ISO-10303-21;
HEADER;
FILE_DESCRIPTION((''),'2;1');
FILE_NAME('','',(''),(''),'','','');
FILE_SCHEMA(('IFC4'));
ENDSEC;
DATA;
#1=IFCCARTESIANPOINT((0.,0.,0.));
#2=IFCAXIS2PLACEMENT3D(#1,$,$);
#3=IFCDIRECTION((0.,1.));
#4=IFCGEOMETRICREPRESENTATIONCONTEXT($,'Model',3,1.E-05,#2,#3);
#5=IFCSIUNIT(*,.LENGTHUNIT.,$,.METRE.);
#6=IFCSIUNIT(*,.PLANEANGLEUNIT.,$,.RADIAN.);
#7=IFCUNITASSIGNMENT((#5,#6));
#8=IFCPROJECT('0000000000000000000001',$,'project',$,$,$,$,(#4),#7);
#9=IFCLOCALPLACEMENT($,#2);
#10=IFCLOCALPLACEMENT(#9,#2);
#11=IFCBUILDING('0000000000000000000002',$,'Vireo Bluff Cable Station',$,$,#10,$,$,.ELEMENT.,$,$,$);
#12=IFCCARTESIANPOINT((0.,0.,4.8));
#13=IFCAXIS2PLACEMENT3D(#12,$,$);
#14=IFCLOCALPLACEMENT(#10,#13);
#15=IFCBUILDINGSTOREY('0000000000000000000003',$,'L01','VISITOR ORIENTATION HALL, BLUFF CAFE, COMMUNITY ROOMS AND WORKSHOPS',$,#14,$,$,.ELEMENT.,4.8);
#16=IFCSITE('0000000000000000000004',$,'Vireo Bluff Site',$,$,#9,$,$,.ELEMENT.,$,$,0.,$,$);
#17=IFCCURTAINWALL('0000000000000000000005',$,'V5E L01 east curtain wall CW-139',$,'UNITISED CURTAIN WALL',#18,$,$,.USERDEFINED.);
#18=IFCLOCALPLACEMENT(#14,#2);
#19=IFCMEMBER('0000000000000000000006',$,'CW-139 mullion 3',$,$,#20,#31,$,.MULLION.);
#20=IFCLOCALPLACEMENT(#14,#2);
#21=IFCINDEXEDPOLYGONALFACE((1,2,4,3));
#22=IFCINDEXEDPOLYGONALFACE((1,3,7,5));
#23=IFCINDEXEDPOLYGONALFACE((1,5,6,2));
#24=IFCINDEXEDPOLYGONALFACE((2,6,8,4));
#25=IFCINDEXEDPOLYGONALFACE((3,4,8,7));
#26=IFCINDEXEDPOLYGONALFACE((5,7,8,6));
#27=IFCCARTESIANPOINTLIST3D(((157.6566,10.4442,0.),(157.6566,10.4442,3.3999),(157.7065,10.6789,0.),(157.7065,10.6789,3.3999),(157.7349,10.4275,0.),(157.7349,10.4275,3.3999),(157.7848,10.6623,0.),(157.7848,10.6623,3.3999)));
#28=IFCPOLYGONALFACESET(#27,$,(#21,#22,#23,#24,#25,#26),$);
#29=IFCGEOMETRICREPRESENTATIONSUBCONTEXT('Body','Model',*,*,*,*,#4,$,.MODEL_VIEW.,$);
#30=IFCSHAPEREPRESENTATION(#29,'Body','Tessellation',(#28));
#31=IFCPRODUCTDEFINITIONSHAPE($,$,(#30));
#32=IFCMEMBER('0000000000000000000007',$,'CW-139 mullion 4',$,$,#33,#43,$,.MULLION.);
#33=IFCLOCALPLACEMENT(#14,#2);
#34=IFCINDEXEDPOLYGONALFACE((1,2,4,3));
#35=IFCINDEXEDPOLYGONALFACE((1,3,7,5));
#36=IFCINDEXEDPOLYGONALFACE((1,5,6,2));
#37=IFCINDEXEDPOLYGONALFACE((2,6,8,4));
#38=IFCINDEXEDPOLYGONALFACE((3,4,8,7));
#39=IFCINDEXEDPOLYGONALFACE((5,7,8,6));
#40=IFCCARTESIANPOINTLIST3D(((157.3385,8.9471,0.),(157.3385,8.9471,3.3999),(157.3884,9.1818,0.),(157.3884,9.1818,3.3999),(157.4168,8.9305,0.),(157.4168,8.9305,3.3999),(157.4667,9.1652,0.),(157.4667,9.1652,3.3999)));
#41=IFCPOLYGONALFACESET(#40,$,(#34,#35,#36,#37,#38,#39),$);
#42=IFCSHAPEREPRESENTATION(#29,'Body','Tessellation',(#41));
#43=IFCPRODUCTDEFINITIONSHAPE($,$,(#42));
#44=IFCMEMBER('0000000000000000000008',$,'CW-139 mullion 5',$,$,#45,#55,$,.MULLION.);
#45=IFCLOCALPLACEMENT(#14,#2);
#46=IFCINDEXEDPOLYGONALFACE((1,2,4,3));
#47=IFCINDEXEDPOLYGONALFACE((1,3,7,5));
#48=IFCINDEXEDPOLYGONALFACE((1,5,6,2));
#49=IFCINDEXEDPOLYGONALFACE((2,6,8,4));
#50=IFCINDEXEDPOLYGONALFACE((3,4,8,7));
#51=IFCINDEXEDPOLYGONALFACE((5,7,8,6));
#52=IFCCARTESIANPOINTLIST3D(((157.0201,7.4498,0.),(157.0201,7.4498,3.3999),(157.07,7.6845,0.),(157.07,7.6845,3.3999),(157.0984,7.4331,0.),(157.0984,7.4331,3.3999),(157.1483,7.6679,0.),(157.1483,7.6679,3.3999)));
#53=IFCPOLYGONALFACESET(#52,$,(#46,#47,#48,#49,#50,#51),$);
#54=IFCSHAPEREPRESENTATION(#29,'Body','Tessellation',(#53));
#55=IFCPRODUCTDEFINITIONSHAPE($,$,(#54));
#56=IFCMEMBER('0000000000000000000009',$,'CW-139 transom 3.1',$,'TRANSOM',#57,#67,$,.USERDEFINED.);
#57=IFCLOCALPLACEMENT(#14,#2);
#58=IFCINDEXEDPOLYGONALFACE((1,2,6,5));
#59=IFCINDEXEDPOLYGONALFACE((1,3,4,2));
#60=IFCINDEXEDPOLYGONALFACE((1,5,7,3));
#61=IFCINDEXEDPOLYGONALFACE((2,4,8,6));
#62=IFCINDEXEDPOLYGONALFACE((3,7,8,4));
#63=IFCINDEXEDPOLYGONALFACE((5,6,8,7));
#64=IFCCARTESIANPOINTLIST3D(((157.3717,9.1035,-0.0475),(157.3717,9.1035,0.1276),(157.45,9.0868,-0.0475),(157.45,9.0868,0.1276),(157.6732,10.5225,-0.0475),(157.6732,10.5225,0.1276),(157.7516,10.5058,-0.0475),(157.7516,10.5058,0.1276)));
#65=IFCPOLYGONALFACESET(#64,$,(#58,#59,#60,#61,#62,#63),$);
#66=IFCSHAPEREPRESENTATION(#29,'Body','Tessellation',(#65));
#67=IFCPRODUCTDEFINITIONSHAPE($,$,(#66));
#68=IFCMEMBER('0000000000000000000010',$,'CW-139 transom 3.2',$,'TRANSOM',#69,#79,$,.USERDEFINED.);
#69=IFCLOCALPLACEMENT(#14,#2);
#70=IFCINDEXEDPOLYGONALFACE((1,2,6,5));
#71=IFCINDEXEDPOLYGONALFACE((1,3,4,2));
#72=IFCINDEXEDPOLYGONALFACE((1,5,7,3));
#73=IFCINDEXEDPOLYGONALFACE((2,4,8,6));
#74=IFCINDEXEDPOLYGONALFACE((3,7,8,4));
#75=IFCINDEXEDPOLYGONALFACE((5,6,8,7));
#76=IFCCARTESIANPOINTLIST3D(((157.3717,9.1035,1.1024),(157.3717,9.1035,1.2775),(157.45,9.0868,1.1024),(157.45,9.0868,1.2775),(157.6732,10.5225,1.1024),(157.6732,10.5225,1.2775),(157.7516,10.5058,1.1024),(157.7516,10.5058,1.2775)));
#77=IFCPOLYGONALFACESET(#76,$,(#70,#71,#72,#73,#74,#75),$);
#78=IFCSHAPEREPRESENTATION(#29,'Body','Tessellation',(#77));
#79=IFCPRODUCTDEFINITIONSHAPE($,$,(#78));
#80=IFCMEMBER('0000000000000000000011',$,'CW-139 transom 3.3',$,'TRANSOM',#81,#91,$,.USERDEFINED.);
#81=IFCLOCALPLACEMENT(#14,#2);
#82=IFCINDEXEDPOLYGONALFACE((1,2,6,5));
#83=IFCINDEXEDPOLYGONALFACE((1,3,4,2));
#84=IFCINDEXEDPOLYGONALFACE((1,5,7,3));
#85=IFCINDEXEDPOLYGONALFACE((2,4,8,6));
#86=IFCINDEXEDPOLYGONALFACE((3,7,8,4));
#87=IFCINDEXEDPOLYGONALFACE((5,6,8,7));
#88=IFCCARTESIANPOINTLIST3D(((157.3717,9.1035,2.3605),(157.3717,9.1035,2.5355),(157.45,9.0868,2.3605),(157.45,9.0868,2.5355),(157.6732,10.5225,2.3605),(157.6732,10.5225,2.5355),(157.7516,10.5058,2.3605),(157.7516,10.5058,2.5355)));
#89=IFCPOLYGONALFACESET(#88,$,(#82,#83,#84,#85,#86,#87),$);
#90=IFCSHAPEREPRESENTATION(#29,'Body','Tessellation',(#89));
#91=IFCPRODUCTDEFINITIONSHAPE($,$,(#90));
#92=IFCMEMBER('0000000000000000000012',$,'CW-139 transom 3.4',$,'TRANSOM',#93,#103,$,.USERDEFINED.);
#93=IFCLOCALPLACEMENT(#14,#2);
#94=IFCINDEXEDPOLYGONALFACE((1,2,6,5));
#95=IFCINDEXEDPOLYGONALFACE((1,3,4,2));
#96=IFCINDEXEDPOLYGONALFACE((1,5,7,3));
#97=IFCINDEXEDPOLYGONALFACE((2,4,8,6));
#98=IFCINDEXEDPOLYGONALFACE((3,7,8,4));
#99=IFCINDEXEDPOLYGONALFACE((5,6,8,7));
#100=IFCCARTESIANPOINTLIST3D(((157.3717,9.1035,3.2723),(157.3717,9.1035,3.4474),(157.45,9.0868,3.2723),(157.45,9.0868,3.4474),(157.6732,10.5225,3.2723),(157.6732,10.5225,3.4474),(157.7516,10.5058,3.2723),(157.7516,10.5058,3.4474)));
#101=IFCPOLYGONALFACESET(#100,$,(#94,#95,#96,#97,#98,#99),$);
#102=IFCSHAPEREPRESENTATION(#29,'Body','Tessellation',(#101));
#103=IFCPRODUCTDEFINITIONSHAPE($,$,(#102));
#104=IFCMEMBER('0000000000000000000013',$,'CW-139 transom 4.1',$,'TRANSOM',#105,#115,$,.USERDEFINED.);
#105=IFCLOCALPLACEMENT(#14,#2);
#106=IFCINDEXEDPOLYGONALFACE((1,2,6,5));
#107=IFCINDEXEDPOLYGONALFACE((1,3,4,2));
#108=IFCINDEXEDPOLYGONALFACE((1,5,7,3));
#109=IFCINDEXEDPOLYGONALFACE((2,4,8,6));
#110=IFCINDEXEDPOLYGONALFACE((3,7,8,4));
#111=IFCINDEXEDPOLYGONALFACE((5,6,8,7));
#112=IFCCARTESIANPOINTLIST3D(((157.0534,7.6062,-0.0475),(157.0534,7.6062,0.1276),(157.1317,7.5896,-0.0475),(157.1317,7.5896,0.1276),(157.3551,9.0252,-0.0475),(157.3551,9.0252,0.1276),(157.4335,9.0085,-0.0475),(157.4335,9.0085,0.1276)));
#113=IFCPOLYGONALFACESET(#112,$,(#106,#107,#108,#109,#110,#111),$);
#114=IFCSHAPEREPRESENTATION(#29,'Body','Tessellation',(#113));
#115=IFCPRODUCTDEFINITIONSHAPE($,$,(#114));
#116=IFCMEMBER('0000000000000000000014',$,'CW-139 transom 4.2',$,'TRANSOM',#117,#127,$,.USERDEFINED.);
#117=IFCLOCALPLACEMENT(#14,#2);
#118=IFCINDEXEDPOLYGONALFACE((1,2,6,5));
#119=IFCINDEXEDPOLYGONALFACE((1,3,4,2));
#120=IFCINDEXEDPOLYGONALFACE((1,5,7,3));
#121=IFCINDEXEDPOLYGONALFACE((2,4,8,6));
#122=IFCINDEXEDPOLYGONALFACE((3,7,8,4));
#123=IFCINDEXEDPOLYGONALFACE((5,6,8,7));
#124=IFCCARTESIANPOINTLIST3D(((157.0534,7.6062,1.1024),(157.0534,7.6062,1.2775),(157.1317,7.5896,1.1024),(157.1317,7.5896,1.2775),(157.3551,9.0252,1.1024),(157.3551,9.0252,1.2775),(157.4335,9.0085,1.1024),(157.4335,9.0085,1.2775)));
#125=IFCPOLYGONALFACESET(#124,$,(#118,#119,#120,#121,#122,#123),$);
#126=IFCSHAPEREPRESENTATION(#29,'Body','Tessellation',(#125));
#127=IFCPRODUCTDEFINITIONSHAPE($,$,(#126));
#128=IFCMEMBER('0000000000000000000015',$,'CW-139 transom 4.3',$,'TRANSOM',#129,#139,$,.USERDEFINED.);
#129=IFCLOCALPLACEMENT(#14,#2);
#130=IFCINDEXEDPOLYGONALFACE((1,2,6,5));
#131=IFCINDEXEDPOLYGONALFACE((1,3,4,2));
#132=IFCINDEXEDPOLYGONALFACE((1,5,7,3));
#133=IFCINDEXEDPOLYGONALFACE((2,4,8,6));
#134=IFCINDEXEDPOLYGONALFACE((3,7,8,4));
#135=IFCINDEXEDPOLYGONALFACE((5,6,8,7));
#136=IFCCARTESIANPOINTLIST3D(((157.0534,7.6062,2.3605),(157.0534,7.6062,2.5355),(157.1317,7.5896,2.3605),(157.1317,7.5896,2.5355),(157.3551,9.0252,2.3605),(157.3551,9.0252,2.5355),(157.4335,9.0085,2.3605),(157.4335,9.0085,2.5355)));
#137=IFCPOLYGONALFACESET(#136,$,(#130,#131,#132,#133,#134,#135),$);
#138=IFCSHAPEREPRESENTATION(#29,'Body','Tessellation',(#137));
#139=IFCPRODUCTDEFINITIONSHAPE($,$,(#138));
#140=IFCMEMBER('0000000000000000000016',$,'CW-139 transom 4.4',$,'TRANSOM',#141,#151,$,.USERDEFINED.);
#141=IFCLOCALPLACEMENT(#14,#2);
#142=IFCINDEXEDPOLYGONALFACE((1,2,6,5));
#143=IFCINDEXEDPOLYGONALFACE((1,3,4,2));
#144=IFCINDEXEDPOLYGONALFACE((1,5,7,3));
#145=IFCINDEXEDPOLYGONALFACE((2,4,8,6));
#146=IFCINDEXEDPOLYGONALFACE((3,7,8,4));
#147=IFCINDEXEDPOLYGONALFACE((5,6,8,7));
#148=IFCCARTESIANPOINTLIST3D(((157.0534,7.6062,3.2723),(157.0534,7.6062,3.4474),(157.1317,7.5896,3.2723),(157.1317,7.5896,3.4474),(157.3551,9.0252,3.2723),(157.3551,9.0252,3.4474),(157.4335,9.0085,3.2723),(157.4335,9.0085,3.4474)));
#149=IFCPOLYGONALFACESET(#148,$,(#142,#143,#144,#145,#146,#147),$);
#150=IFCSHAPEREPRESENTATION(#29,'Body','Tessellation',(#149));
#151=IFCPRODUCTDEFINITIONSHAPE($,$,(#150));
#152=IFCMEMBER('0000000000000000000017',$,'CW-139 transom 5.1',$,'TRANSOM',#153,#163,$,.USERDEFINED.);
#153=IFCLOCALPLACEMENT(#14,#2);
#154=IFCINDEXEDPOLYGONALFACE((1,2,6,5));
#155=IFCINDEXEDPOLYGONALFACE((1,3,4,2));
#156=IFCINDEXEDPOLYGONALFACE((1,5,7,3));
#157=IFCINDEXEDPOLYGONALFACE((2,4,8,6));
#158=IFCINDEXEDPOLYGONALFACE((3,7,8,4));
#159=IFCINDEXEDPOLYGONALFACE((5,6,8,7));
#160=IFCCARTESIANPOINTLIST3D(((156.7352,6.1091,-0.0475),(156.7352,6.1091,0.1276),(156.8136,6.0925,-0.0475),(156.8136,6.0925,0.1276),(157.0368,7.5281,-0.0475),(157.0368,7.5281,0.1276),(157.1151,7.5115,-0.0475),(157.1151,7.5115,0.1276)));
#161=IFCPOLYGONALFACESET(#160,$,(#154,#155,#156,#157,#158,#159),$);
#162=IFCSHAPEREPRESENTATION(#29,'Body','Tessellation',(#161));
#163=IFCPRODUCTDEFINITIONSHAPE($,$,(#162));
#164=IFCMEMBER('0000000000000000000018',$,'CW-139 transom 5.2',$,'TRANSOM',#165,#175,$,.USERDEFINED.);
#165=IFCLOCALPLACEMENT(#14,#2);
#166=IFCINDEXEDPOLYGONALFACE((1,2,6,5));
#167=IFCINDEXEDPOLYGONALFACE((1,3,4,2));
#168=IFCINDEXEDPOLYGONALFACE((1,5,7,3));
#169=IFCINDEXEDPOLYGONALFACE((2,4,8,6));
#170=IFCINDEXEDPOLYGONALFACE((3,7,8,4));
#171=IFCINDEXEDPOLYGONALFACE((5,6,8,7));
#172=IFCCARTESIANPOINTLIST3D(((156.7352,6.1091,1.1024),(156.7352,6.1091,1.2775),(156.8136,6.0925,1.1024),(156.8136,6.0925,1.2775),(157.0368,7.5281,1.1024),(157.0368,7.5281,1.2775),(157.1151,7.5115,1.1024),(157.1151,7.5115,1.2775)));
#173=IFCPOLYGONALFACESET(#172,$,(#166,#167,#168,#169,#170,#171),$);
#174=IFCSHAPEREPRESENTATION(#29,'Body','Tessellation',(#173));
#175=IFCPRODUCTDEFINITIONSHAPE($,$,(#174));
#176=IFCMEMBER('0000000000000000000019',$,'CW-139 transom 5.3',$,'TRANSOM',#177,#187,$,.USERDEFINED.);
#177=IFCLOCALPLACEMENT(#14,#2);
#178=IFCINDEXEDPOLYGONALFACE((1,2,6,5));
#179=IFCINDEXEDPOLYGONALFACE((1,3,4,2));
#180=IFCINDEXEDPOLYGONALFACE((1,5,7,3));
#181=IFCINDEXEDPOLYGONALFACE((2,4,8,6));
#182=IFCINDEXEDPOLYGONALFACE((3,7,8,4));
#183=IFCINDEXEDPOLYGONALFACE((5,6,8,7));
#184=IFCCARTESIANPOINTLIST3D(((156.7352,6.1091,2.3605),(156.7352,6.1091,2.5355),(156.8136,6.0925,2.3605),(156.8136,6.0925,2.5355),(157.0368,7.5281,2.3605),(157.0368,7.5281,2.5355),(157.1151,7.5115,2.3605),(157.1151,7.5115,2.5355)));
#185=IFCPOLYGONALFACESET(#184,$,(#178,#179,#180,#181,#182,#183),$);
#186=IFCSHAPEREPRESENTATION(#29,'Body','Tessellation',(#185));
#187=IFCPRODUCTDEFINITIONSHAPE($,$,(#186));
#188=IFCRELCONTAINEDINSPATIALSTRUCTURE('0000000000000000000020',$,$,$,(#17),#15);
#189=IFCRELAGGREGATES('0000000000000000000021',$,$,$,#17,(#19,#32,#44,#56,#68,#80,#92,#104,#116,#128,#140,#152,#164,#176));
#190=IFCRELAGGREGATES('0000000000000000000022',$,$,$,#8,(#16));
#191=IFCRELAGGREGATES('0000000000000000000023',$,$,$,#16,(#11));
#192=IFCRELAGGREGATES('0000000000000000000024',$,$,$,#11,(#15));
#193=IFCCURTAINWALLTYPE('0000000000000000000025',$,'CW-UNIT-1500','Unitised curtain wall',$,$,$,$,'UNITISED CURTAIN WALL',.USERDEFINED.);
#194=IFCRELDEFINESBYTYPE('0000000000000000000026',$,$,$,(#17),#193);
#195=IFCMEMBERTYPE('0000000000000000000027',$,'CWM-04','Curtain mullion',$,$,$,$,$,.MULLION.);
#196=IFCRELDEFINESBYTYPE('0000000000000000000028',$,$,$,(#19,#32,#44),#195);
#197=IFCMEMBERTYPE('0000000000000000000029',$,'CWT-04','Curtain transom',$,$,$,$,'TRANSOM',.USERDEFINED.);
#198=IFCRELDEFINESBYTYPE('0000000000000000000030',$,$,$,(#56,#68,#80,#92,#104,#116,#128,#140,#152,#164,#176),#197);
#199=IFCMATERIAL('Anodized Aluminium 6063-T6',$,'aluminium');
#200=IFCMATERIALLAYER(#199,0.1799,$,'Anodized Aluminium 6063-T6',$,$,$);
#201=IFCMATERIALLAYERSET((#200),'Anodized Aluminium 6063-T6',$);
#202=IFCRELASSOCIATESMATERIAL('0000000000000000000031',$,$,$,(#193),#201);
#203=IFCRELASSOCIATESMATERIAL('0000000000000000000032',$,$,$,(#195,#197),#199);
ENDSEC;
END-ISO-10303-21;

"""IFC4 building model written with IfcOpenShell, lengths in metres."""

from ifc_helpers import new_model, si_unit, direction, frame, origin, origin_2d, place, context, subcontext, project, spatial, rectangle, extrude, material, layer, layer_set, material_profile, profile_set, type_object, element, aggregate, save


model = new_model("IFC4")

# Units and contexts
model_context = context("Model", 3, precision=1e-05, world=origin(), true_north=direction((0.0, 1.0)))
body_context = subcontext(model_context, "Body", "Model", "MODEL_VIEW")
ifc_project = project(units=[si_unit("LENGTHUNIT", "METRE"), si_unit("PLANEANGLEUNIT", "RADIAN")], contexts=[model_context])

# Site, building, storey
site_placement = place(None, origin())
site = spatial("IfcSite", under=ifc_project, at=site_placement, Name="Vireo Bluff Site", CompositionType="ELEMENT", RefElevation=0.0)
building_placement = place(site_placement, origin())
building = spatial("IfcBuilding", under=site, at=building_placement, Name="Vireo Bluff Cable Station", CompositionType="ELEMENT")
storey_placement = place(building_placement, frame((0.0, 0.0, 4.8)))
storey = spatial("IfcBuildingStorey", under=building, at=storey_placement, Name="L01", Description="VISITOR ORIENTATION HALL, BLUFF CAFE, COMMUNITY ROOMS AND WORKSHOPS", CompositionType="ELEMENT", Elevation=4.8)

# Curtain wall, members
ifc_material_1 = material(Name="Anodized Aluminium 6063-T6", Category="aluminium")
ifc_layer_1 = layer(ifc_material_1, 0.1799, Name="Anodized Aluminium 6063-T6")
ifc_layer_set_1 = layer_set([ifc_layer_1], Name="Anodized Aluminium 6063-T6")
curtain_wall_type = type_object("IfcCurtainWallType", Name="CW-UNIT-1500", Description="Unitised curtain wall", ElementType="UNITISED CURTAIN WALL", PredefinedType="USERDEFINED", material=ifc_layer_set_1)
curtain_wall_placement = place(storey_placement, origin())
curtain_wall = element("IfcCurtainWall", 1, at=curtain_wall_placement, inside=storey, type_object=curtain_wall_type, Name="V5E L01 east curtain wall CW-139", ObjectType="UNITISED CURTAIN WALL", PredefinedType="USERDEFINED")
ifc_material_profile_1 = material_profile(ifc_material_1, rectangle(XDim=0.0801, YDim=0.24, at=origin_2d()), Name="ALU-M-80X240")
ifc_profile_set_1 = profile_set([ifc_material_profile_1], Name="Anodized Aluminium 6063-T6")
member_type_1 = type_object("IfcMemberType", Name="CWM-04", Description="Curtain mullion", PredefinedType="MULLION", material=ifc_profile_set_1)
member_1_placement = place(storey_placement, frame((157.7207, 10.5532, 0.0), z_axis=(0.0, 0.0, 1.0), x_axis=(0.978148, -0.207912, 0.0)))
member_1 = element("IfcMember", 2, at=member_1_placement, type_object=member_type_1, Name="CW-139 mullion 3", PredefinedType="MULLION", context=body_context, shape_type="SweptSolid", body=[
    extrude(rectangle(XDim=0.0801, YDim=0.24, at=origin_2d()), origin(), (0.0, 0.0, 1.0), 3.3999),
])
member_2_placement = place(storey_placement, frame((157.4026, 9.0562, 0.0), z_axis=(0.0, 0.0, 1.0), x_axis=(0.978148, -0.207912, 0.0)))
member_2 = element("IfcMember", 3, at=member_2_placement, type_object=member_type_1, Name="CW-139 mullion 4", PredefinedType="MULLION", context=body_context, shape_type="SweptSolid", body=[
    extrude(rectangle(XDim=0.0801, YDim=0.24, at=origin_2d()), origin(), (0.0, 0.0, 1.0), 3.3999),
])
member_3_placement = place(storey_placement, frame((157.0842, 7.5588, 0.0), z_axis=(0.0, 0.0, 1.0), x_axis=(0.978148, -0.207912, 0.0)))
member_3 = element("IfcMember", 4, at=member_3_placement, type_object=member_type_1, Name="CW-139 mullion 5", PredefinedType="MULLION", context=body_context, shape_type="SweptSolid", body=[
    extrude(rectangle(XDim=0.0801, YDim=0.24, at=origin_2d()), origin(), (0.0, 0.0, 1.0), 3.3999),
])
ifc_material_profile_2 = material_profile(ifc_material_1, rectangle(XDim=0.0801, YDim=0.175, at=origin_2d()), Name="ALU-T-80X175")
ifc_profile_set_2 = profile_set([ifc_material_profile_2], Name="Anodized Aluminium 6063-T6")
member_type_2 = type_object("IfcMemberType", Name="CWT-04", Description="Curtain transom", ElementType="TRANSOM", PredefinedType="USERDEFINED", material=ifc_profile_set_2)
member_4_placement = place(storey_placement, frame((157.7124, 10.5142, 0.04), z_axis=(-0.207851, -0.978161, 0.0), x_axis=(0.978161, -0.207851, 0.0)))
member_4 = element("IfcMember", 5, at=member_4_placement, type_object=member_type_2, Name="CW-139 transom 3.1", ObjectType="TRANSOM", PredefinedType="USERDEFINED", context=body_context, shape_type="SweptSolid", body=[
    extrude(rectangle(XDim=0.0801, YDim=0.175, at=origin_2d()), origin(), (0.0, 0.0, 1.0), 1.4507),
])
member_5_placement = place(storey_placement, frame((157.7124, 10.5142, 1.1899), z_axis=(-0.207851, -0.978161, 0.0), x_axis=(0.978161, -0.207851, 0.0)))
member_5 = element("IfcMember", 6, at=member_5_placement, type_object=member_type_2, Name="CW-139 transom 3.2", ObjectType="TRANSOM", PredefinedType="USERDEFINED", context=body_context, shape_type="SweptSolid", body=[
    extrude(rectangle(XDim=0.0801, YDim=0.175, at=origin_2d()), origin(), (0.0, 0.0, 1.0), 1.4507),
])
member_6_placement = place(storey_placement, frame((157.7124, 10.5142, 2.448), z_axis=(-0.207851, -0.978161, 0.0), x_axis=(0.978161, -0.207851, 0.0)))
member_6 = element("IfcMember", 7, at=member_6_placement, type_object=member_type_2, Name="CW-139 transom 3.3", ObjectType="TRANSOM", PredefinedType="USERDEFINED", context=body_context, shape_type="SweptSolid", body=[
    extrude(rectangle(XDim=0.0801, YDim=0.175, at=origin_2d()), origin(), (0.0, 0.0, 1.0), 1.4507),
])
member_7_placement = place(storey_placement, frame((157.7124, 10.5142, 3.3599), z_axis=(-0.207851, -0.978161, 0.0), x_axis=(0.978161, -0.207851, 0.0)))
member_7 = element("IfcMember", 8, at=member_7_placement, type_object=member_type_2, Name="CW-139 transom 3.4", ObjectType="TRANSOM", PredefinedType="USERDEFINED", context=body_context, shape_type="SweptSolid", body=[
    extrude(rectangle(XDim=0.0801, YDim=0.175, at=origin_2d()), origin(), (0.0, 0.0, 1.0), 1.4507),
])
member_8_placement = place(storey_placement, frame((157.3943, 9.0168, 0.04), z_axis=(-0.208012, -0.978126, 0.0), x_axis=(0.978126, -0.208012, 0.0)))
member_8 = element("IfcMember", 9, at=member_8_placement, type_object=member_type_2, Name="CW-139 transom 4.1", ObjectType="TRANSOM", PredefinedType="USERDEFINED", context=body_context, shape_type="SweptSolid", body=[
    extrude(rectangle(XDim=0.0801, YDim=0.175, at=origin_2d()), origin(), (0.0, 0.0, 1.0), 1.4507),
])
member_9_placement = place(storey_placement, frame((157.3943, 9.0168, 1.1899), z_axis=(-0.208012, -0.978126, 0.0), x_axis=(0.978126, -0.208012, 0.0)))
member_9 = element("IfcMember", 10, at=member_9_placement, type_object=member_type_2, Name="CW-139 transom 4.2", ObjectType="TRANSOM", PredefinedType="USERDEFINED", context=body_context, shape_type="SweptSolid", body=[
    extrude(rectangle(XDim=0.0801, YDim=0.175, at=origin_2d()), origin(), (0.0, 0.0, 1.0), 1.4507),
])
member_10_placement = place(storey_placement, frame((157.3943, 9.0168, 2.448), z_axis=(-0.208012, -0.978126, 0.0), x_axis=(0.978126, -0.208012, 0.0)))
member_10 = element("IfcMember", 11, at=member_10_placement, type_object=member_type_2, Name="CW-139 transom 4.3", ObjectType="TRANSOM", PredefinedType="USERDEFINED", context=body_context, shape_type="SweptSolid", body=[
    extrude(rectangle(XDim=0.0801, YDim=0.175, at=origin_2d()), origin(), (0.0, 0.0, 1.0), 1.4507),
])
member_11_placement = place(storey_placement, frame((157.3943, 9.0168, 3.3599), z_axis=(-0.208012, -0.978126, 0.0), x_axis=(0.978126, -0.208012, 0.0)))
member_11 = element("IfcMember", 12, at=member_11_placement, type_object=member_type_2, Name="CW-139 transom 4.4", ObjectType="TRANSOM", PredefinedType="USERDEFINED", context=body_context, shape_type="SweptSolid", body=[
    extrude(rectangle(XDim=0.0801, YDim=0.175, at=origin_2d()), origin(), (0.0, 0.0, 1.0), 1.4507),
])
member_12_placement = place(storey_placement, frame((157.0759, 7.5198, 0.04), z_axis=(-0.207851, -0.978161, 0.0), x_axis=(0.978161, -0.207851, 0.0)))
member_12 = element("IfcMember", 13, at=member_12_placement, type_object=member_type_2, Name="CW-139 transom 5.1", ObjectType="TRANSOM", PredefinedType="USERDEFINED", context=body_context, shape_type="SweptSolid", body=[
    extrude(rectangle(XDim=0.0801, YDim=0.175, at=origin_2d()), origin(), (0.0, 0.0, 1.0), 1.4507),
])
member_13_placement = place(storey_placement, frame((157.0759, 7.5198, 1.1899), z_axis=(-0.207851, -0.978161, 0.0), x_axis=(0.978161, -0.207851, 0.0)))
member_13 = element("IfcMember", 14, at=member_13_placement, type_object=member_type_2, Name="CW-139 transom 5.2", ObjectType="TRANSOM", PredefinedType="USERDEFINED", context=body_context, shape_type="SweptSolid", body=[
    extrude(rectangle(XDim=0.0801, YDim=0.175, at=origin_2d()), origin(), (0.0, 0.0, 1.0), 1.4507),
])
member_14_placement = place(storey_placement, frame((157.0759, 7.5198, 2.448), z_axis=(-0.207851, -0.978161, 0.0), x_axis=(0.978161, -0.207851, 0.0)))
member_14 = element("IfcMember", 15, at=member_14_placement, type_object=member_type_2, Name="CW-139 transom 5.3", ObjectType="TRANSOM", PredefinedType="USERDEFINED", context=body_context, shape_type="SweptSolid", body=[
    extrude(rectangle(XDim=0.0801, YDim=0.175, at=origin_2d()), origin(), (0.0, 0.0, 1.0), 1.4507),
])
aggregate(curtain_wall, [member_1, member_2, member_3, member_4, member_5, member_6, member_7, member_8, member_9, member_10, member_11, member_12, member_13, member_14])

save(model, "model.ifc")
